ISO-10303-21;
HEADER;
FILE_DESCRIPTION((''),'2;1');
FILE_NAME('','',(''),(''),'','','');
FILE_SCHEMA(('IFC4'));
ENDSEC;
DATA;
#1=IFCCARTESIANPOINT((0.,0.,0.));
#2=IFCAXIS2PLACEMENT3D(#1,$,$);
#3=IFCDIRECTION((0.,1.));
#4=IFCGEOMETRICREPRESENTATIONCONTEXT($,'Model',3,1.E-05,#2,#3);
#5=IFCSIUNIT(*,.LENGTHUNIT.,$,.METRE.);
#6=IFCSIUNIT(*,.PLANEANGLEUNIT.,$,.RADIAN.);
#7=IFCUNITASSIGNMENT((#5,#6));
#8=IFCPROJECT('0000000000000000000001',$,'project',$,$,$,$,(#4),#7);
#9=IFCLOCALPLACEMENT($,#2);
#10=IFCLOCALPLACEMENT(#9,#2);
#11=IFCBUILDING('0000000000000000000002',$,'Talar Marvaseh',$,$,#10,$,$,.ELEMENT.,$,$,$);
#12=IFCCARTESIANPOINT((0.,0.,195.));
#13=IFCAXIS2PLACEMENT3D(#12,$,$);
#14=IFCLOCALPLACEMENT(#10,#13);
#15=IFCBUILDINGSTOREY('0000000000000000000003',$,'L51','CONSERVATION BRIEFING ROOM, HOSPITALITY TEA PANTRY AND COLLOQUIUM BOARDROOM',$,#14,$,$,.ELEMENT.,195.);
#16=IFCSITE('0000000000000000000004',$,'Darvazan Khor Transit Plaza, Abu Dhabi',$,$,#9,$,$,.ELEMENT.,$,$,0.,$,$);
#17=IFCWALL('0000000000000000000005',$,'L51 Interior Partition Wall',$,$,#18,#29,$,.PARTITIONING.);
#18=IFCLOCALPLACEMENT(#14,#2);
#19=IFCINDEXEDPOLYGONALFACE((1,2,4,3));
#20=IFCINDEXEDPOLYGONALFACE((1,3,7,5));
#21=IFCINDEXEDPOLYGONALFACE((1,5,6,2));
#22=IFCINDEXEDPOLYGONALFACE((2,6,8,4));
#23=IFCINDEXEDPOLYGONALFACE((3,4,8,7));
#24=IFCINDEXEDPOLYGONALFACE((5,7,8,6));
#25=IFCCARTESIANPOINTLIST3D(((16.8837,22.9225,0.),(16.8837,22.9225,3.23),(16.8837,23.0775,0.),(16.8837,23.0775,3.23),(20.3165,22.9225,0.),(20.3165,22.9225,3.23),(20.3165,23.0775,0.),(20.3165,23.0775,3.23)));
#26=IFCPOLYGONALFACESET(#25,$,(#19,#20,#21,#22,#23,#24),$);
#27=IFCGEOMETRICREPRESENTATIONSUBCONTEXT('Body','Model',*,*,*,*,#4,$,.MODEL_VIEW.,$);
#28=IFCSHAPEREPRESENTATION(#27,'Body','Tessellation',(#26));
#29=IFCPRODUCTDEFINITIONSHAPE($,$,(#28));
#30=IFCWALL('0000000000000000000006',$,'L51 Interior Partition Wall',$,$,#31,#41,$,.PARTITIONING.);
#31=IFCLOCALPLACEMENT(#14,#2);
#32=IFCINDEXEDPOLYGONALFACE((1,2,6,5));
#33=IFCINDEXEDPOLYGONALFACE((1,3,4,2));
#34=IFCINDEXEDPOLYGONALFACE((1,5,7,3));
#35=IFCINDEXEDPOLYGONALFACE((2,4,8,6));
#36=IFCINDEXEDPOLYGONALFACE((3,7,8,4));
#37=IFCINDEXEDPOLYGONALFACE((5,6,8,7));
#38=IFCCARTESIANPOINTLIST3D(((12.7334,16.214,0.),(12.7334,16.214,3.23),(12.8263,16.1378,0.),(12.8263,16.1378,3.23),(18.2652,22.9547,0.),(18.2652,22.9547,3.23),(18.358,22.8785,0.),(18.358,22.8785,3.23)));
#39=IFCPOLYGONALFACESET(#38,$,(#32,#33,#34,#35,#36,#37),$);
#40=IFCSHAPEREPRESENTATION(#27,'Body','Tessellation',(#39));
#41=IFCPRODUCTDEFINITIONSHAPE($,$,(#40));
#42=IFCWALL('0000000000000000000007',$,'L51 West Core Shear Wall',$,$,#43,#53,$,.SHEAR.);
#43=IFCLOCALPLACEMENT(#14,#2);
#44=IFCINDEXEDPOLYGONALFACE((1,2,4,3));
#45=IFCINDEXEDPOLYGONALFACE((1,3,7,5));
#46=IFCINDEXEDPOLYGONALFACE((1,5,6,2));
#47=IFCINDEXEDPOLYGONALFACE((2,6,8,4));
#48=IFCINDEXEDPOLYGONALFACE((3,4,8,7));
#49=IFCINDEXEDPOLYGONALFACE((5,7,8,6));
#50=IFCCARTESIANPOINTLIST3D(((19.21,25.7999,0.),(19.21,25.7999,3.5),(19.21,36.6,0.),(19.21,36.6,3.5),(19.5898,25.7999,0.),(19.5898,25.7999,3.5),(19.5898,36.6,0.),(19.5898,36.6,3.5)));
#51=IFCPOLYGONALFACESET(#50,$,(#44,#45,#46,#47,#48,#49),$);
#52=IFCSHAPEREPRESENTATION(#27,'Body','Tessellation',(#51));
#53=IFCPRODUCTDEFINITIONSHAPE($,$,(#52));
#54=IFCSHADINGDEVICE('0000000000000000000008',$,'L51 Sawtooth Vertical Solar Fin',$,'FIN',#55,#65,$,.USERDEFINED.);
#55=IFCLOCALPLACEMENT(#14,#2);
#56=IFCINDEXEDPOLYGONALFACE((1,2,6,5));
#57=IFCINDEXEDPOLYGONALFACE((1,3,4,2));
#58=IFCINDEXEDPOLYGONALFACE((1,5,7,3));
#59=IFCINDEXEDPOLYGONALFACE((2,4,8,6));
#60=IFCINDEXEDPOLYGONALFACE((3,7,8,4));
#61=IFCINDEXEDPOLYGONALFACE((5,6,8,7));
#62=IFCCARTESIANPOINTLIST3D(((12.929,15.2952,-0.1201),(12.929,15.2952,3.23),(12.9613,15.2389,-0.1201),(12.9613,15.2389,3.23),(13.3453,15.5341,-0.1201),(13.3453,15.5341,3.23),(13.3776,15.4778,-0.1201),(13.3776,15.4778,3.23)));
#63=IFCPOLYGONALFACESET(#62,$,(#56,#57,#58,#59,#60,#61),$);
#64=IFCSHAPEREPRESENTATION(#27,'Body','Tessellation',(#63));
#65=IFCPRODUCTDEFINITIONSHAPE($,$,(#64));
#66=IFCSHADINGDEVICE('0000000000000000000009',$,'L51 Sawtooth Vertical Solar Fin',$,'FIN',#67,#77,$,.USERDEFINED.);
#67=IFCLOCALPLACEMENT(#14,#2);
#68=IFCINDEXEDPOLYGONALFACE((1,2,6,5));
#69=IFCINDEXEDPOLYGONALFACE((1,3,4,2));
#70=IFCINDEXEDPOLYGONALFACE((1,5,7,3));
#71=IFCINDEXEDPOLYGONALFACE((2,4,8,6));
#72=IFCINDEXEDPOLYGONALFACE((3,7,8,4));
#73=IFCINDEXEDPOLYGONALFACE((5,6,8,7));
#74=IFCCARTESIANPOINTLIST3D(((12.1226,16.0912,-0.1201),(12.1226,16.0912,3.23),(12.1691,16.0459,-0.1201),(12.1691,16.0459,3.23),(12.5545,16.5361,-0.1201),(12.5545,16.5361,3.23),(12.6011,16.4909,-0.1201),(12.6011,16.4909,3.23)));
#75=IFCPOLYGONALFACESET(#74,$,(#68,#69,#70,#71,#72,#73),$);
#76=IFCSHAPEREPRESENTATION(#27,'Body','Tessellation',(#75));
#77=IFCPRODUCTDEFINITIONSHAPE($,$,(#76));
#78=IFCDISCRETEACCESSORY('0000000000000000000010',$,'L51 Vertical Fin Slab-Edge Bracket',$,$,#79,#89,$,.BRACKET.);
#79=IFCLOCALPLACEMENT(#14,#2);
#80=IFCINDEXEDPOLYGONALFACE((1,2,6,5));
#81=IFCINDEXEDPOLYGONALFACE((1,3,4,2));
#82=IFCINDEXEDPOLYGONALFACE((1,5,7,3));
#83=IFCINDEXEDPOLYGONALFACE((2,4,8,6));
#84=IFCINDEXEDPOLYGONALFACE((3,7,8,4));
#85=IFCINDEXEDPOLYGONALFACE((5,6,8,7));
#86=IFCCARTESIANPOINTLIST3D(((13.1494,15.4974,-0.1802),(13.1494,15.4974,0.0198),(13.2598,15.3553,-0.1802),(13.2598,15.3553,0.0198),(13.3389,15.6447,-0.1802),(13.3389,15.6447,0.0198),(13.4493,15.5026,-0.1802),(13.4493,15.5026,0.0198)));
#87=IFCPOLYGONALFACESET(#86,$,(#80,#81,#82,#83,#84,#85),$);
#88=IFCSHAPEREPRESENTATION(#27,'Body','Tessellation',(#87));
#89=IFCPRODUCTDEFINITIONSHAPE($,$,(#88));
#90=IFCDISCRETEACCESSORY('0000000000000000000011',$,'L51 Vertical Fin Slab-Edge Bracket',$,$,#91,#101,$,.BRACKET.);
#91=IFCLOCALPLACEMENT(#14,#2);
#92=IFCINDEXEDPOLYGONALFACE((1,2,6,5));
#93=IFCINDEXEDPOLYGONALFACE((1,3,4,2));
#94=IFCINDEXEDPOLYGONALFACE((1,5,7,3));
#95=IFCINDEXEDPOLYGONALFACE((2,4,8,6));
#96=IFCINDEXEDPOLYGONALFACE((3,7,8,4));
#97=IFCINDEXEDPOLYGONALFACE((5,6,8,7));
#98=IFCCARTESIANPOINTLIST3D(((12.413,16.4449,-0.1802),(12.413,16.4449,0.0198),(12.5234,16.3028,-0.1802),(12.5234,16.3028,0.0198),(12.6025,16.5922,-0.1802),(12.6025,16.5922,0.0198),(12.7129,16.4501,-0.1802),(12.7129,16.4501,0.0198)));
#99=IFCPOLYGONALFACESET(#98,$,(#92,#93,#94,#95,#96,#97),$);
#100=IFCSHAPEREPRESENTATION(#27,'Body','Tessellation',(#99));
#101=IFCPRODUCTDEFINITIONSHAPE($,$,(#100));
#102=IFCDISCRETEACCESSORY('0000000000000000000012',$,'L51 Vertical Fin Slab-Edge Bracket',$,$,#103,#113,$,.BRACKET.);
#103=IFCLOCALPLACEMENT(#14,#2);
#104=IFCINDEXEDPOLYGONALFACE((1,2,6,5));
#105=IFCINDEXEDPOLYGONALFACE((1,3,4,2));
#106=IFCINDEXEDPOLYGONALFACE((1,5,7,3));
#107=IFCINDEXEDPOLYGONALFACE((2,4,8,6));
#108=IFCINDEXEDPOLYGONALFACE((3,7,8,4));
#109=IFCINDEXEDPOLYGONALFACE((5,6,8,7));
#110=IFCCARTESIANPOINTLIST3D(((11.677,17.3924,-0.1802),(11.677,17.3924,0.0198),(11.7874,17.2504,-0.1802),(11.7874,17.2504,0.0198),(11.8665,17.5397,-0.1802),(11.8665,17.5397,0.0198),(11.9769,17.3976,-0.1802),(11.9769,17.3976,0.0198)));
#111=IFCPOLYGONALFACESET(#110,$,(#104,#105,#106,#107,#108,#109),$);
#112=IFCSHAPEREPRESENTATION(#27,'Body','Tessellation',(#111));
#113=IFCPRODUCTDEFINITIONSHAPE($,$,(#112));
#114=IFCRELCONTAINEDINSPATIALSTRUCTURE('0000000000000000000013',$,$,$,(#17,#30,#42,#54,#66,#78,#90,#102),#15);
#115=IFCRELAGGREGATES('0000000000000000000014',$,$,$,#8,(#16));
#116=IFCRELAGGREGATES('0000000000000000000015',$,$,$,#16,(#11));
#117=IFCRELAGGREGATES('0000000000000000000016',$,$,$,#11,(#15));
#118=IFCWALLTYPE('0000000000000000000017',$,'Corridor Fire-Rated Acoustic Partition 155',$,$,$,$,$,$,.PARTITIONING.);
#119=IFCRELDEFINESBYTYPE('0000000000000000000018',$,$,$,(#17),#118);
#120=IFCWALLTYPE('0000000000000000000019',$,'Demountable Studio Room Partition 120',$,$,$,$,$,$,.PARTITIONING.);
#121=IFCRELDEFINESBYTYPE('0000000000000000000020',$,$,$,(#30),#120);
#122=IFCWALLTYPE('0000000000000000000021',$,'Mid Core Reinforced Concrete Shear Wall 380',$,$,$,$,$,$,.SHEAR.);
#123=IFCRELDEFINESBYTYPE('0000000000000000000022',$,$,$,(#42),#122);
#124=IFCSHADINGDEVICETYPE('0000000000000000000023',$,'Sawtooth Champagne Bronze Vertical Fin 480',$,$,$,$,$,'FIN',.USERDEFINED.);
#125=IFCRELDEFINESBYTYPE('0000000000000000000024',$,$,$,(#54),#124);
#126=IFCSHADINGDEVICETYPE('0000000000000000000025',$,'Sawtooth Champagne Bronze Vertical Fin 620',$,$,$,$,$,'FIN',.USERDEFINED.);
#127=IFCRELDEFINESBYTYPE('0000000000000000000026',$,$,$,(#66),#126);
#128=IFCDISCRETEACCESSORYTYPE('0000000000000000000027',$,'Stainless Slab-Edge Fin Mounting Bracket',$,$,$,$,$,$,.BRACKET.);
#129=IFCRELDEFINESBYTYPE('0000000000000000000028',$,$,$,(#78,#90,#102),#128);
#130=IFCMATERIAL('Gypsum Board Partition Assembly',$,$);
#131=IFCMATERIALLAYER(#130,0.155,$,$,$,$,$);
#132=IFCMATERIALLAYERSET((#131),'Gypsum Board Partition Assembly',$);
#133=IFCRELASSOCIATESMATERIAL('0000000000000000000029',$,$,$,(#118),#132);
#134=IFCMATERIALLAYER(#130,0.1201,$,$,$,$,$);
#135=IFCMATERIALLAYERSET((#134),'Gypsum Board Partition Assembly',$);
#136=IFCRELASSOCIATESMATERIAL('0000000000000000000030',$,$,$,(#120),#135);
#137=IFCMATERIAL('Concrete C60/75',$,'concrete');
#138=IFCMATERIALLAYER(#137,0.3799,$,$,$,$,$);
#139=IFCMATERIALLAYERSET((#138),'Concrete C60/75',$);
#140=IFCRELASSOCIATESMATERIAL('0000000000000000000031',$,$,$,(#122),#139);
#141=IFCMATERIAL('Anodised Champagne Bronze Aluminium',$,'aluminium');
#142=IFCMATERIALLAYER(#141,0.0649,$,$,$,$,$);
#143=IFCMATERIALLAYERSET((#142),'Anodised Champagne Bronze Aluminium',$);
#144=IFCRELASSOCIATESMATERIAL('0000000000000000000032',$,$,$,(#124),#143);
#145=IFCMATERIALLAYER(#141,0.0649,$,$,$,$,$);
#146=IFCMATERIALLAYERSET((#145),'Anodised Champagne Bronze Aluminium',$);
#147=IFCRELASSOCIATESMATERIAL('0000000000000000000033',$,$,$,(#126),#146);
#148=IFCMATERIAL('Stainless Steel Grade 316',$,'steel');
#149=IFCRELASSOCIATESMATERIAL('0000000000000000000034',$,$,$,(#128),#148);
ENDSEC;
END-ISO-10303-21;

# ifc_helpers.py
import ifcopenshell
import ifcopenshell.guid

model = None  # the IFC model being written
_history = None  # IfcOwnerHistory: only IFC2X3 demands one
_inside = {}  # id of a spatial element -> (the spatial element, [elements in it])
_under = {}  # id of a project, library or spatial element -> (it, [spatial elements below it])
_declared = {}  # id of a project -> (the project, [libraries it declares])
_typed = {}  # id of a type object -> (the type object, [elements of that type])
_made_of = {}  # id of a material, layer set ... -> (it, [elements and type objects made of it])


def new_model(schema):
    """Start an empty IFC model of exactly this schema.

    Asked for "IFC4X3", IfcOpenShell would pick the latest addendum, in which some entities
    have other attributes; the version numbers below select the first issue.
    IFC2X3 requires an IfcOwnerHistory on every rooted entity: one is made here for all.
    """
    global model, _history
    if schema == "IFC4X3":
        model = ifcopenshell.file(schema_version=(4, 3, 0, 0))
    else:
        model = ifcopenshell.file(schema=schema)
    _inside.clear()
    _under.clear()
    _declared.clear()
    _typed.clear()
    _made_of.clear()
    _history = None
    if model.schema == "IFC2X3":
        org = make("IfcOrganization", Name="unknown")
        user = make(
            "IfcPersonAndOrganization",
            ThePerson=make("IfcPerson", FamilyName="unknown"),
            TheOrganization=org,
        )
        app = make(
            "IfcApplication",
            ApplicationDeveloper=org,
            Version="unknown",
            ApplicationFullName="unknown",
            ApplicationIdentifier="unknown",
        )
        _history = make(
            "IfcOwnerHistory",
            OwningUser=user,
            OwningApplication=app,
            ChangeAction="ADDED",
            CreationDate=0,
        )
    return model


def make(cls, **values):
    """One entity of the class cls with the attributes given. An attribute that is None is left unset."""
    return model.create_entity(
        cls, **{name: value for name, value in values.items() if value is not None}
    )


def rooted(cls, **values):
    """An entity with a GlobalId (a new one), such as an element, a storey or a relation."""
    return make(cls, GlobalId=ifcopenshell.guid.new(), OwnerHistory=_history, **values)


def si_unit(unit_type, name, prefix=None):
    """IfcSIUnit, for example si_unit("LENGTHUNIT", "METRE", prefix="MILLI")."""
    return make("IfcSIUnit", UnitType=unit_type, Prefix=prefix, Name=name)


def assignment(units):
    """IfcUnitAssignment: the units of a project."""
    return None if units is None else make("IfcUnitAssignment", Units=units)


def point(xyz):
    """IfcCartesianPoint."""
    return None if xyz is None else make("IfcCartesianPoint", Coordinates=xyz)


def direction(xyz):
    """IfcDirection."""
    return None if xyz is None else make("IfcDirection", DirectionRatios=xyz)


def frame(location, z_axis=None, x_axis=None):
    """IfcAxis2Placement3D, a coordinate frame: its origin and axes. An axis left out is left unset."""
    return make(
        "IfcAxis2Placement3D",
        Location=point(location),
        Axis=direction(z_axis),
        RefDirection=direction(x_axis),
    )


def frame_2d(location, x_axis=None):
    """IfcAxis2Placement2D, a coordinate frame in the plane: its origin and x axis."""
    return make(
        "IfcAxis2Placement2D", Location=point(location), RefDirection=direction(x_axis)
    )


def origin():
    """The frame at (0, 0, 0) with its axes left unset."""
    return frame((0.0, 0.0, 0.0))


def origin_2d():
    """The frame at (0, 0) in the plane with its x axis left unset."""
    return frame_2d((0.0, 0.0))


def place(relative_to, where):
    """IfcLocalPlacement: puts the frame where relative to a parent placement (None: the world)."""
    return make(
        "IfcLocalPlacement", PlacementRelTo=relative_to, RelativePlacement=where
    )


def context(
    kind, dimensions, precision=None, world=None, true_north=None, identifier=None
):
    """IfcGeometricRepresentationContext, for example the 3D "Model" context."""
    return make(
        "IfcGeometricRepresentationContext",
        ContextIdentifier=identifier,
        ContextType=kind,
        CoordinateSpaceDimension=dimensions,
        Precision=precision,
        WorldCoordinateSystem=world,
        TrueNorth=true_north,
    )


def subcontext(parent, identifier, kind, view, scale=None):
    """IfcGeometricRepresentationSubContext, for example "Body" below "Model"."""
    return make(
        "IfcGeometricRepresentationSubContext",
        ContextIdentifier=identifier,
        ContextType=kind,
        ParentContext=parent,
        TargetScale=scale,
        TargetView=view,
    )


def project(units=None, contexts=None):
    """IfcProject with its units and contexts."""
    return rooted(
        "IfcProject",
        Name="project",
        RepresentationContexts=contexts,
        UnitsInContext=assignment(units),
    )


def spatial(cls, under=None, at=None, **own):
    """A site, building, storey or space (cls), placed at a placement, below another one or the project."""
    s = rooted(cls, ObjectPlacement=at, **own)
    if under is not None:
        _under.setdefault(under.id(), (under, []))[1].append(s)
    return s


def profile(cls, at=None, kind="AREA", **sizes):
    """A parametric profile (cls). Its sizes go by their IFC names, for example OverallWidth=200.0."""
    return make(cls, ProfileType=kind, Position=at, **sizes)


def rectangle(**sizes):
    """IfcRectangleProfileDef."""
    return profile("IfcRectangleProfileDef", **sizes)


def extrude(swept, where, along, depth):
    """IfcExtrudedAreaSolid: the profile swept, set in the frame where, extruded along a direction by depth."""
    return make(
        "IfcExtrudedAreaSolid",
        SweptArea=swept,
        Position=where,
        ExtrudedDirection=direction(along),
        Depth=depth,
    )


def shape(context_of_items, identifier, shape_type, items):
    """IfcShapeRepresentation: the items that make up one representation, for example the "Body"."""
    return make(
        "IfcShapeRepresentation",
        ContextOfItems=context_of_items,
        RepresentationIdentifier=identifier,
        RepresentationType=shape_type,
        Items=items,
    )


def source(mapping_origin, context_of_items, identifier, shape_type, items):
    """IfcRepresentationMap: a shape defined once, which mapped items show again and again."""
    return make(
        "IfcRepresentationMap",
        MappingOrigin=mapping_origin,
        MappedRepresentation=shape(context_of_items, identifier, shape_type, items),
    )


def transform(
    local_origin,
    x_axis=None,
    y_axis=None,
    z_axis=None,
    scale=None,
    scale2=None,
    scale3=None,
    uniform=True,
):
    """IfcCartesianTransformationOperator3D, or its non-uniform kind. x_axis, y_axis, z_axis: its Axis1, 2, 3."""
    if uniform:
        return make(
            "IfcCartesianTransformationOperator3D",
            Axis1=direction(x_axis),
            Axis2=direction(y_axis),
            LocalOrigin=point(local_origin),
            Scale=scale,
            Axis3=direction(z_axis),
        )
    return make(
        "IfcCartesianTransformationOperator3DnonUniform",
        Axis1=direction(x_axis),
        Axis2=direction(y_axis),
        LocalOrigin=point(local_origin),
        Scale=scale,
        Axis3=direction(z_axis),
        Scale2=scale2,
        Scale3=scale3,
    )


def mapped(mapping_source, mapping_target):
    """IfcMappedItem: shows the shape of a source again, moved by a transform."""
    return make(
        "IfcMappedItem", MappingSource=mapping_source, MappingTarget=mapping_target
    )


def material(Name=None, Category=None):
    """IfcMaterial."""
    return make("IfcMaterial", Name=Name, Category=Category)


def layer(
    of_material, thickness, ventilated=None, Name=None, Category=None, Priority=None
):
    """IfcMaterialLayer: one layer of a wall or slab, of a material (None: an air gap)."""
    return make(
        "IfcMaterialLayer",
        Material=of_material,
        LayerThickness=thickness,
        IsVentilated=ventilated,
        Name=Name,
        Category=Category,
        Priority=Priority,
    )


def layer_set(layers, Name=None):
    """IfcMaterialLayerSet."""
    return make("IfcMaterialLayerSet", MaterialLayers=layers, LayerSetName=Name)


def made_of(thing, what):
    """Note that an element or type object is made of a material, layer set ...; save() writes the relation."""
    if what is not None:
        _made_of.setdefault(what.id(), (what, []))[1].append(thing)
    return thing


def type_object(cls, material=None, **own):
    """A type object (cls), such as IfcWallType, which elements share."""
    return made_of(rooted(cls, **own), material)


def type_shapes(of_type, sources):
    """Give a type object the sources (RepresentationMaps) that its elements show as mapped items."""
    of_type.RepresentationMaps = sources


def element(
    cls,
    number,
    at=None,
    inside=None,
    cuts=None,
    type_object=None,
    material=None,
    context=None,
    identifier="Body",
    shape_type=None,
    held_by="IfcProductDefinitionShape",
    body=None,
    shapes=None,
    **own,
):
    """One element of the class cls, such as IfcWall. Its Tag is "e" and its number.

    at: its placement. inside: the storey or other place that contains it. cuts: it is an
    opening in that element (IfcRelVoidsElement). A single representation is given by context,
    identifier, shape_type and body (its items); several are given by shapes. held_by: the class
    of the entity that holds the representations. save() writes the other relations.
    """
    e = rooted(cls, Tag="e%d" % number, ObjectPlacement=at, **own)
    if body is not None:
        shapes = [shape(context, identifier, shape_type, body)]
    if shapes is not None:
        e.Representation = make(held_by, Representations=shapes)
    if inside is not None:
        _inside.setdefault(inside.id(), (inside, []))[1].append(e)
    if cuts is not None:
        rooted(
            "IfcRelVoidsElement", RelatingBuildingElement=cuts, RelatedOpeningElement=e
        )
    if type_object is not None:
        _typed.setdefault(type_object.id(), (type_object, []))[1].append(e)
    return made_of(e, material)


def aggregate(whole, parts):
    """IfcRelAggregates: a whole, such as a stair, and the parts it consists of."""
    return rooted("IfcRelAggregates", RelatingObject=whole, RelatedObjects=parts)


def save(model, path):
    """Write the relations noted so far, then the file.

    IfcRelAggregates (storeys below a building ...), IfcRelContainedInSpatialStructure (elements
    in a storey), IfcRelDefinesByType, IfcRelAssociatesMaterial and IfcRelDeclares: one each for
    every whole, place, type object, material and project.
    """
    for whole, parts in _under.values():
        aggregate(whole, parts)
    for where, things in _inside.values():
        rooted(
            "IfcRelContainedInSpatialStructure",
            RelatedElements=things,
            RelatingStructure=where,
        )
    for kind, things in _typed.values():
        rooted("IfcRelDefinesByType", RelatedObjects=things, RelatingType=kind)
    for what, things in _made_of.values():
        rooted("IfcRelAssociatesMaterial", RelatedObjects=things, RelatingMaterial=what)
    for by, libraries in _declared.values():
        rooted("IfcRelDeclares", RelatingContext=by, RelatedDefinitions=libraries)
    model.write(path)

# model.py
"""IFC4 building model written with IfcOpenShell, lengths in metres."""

from ifc_helpers import new_model, si_unit, direction, frame, frame_2d, origin, origin_2d, place, context, subcontext, project, spatial, rectangle, extrude, source, transform, mapped, material, layer, layer_set, type_object, type_shapes, element, save


model = new_model("IFC4")

# Units and contexts
model_context = context("Model", 3, precision=1e-05, world=origin(), true_north=direction((0.0, 1.0)))
body_context = subcontext(model_context, "Body", "Model", "MODEL_VIEW")
ifc_project = project(units=[si_unit("LENGTHUNIT", "METRE"), si_unit("PLANEANGLEUNIT", "RADIAN")], contexts=[model_context])

# Site, building, storey
site_placement = place(None, origin())
site = spatial("IfcSite", under=ifc_project, at=site_placement, Name="Darvazan Khor Transit Plaza, Abu Dhabi", CompositionType="ELEMENT", RefElevation=0.0)
building_placement = place(site_placement, origin())
building = spatial("IfcBuilding", under=site, at=building_placement, Name="Talar Marvaseh", CompositionType="ELEMENT")
storey_placement = place(building_placement, frame((0.0, 0.0, 195.0)))
storey = spatial("IfcBuildingStorey", under=building, at=storey_placement, Name="L51", Description="CONSERVATION BRIEFING ROOM, HOSPITALITY TEA PANTRY AND COLLOQUIUM BOARDROOM", CompositionType="ELEMENT", Elevation=195.0)

# Shared definitions
ifc_material_1 = material(Name="Concrete C60/75", Category="concrete")

# Shared definitions
ifc_material_2 = material(Name="Gypsum Board Partition Assembly")
ifc_layer_1 = layer(ifc_material_2, 0.155)
ifc_layer_set_1 = layer_set([ifc_layer_1], Name="Gypsum Board Partition Assembly")
wall_type_1 = type_object("IfcWallType", Name="Corridor Fire-Rated Acoustic Partition 155", PredefinedType="PARTITIONING", material=ifc_layer_set_1)

# Walls
wall_1_placement = place(storey_placement, frame((20.3164, 23.0, 0.0), z_axis=(0.0, 0.0, 1.0), x_axis=(-1.0, 0.0, 0.0)))
element("IfcWall", 1, at=wall_1_placement, inside=storey, type_object=wall_type_1, Name="L51 Interior Partition Wall", PredefinedType="PARTITIONING", context=body_context, shape_type="SweptSolid", body=[
    extrude(rectangle(XDim=3.4329, YDim=0.155, at=frame_2d((1.7163, 0.0))), origin(), (0.0, 0.0, 1.0), 3.23),
])
ifc_layer_2 = layer(ifc_material_2, 0.1201)
ifc_layer_set_2 = layer_set([ifc_layer_2], Name="Gypsum Board Partition Assembly")
wall_type_2 = type_object("IfcWallType", Name="Demountable Studio Room Partition 120", PredefinedType="PARTITIONING", material=ifc_layer_set_2)
wall_2_placement = place(storey_placement, frame((18.3115, 22.9165, 0.0), z_axis=(0.0, 0.0, 1.0), x_axis=(-0.634378, -0.773023, 0.0)))
element("IfcWall", 2, at=wall_2_placement, inside=storey, type_object=wall_type_2, Name="L51 Interior Partition Wall", PredefinedType="PARTITIONING", context=body_context, shape_type="SweptSolid", body=[
    extrude(rectangle(XDim=8.72, YDim=0.1201, at=frame_2d((4.3599, 0.0))), origin(), (0.0, 0.0, 1.0), 3.23),
])
ifc_layer_3 = layer(ifc_material_1, 0.3799)
ifc_layer_set_3 = layer_set([ifc_layer_3], Name="Concrete C60/75")
wall_type_3 = type_object("IfcWallType", Name="Mid Core Reinforced Concrete Shear Wall 380", PredefinedType="SHEAR", material=ifc_layer_set_3)
wall_3_placement = place(storey_placement, frame((19.3999, 25.8, 0.0), z_axis=(0.0, 0.0, 1.0), x_axis=(0.0, 1.0, 0.0)))
element("IfcWall", 3, at=wall_3_placement, inside=storey, type_object=wall_type_3, Name="L51 West Core Shear Wall", PredefinedType="SHEAR", context=body_context, shape_type="SweptSolid", body=[
    extrude(rectangle(XDim=10.8, YDim=0.3799, at=frame_2d((5.3999, 0.0))), origin(), (0.0, 0.0, 1.0), 3.5),
])

# Shading devices
ifc_material_3 = material(Name="Anodised Champagne Bronze Aluminium", Category="aluminium")
ifc_layer_4 = layer(ifc_material_3, 0.0649)
ifc_layer_set_4 = layer_set([ifc_layer_4], Name="Anodised Champagne Bronze Aluminium")
shading_device_type_1 = type_object("IfcShadingDeviceType", Name="Sawtooth Champagne Bronze Vertical Fin 480", ElementType="FIN", PredefinedType="USERDEFINED", material=ifc_layer_set_4)
shared_shape_1 = source(origin(), body_context, "Body", "SweptSolid", [
    extrude(rectangle(XDim=0.48, YDim=0.0649, at=origin_2d()), origin(), (0.0, 0.0, 1.0), 3.3501),
])
type_shapes(shading_device_type_1, [shared_shape_1])
shading_device_1_placement = place(storey_placement, frame((13.1533, 15.3865, -0.1201), z_axis=(0.0, 0.0, 1.0), x_axis=(-0.867331, -0.497731, 0.0)))
element("IfcShadingDevice", 4, at=shading_device_1_placement, inside=storey, type_object=shading_device_type_1, Name="L51 Sawtooth Vertical Solar Fin", ObjectType="FIN", PredefinedType="USERDEFINED", context=body_context, shape_type="MappedRepresentation", body=[
    mapped(shared_shape_1, transform((0.0, 0.0, 0.0), x_axis=(1.0, 0.0, 0.0), y_axis=(0.0, 1.0, 0.0), z_axis=(0.0, 0.0, 1.0), scale=1.0)),
])
ifc_layer_5 = layer(ifc_material_3, 0.0649)
ifc_layer_set_5 = layer_set([ifc_layer_5], Name="Anodised Champagne Bronze Aluminium")
shading_device_type_2 = type_object("IfcShadingDeviceType", Name="Sawtooth Champagne Bronze Vertical Fin 620", ElementType="FIN", PredefinedType="USERDEFINED", material=ifc_layer_set_5)
shared_shape_2 = source(origin(), body_context, "Body", "SweptSolid", [
    extrude(rectangle(XDim=0.6201, YDim=0.0649, at=origin_2d()), origin(), (0.0, 0.0, 1.0), 3.3501),
])
type_shapes(shading_device_type_2, [shared_shape_2])
shading_device_2_placement = place(storey_placement, frame((12.3618, 16.291, -0.1201), z_axis=(0.0, 0.0, 1.0), x_axis=(-0.696539, -0.717519, 0.0)))
element("IfcShadingDevice", 5, at=shading_device_2_placement, inside=storey, type_object=shading_device_type_2, Name="L51 Sawtooth Vertical Solar Fin", ObjectType="FIN", PredefinedType="USERDEFINED", context=body_context, shape_type="MappedRepresentation", body=[
    mapped(shared_shape_2, transform((0.0, 0.0, 0.0), x_axis=(1.0, 0.0, 0.0), y_axis=(0.0, 1.0, 0.0), z_axis=(0.0, 0.0, 1.0), scale=1.0)),
])

# Discrete accessories
ifc_material_4 = material(Name="Stainless Steel Grade 316", Category="steel")
discrete_accessory_type = type_object("IfcDiscreteAccessoryType", Name="Stainless Slab-Edge Fin Mounting Bracket", PredefinedType="BRACKET", material=ifc_material_4)
shared_shape_3 = source(origin(), body_context, "Body", "SweptSolid", [
    extrude(rectangle(XDim=0.24, YDim=0.1799, at=origin_2d()), origin(), (0.0, 0.0, 1.0), 0.2),
])
type_shapes(discrete_accessory_type, [shared_shape_3])
for number, where, z_axis, x_axis, name in (
    (6, (13.2993, 15.5, -0.1802), (0.0, 0.0, 1.0), (-0.78962, -0.613596, 0.0), "L51 Vertical Fin Slab-Edge Bracket"),
    (7, (12.563, 16.4475, -0.1802), (0.0, 0.0, 1.0), (-0.78962, -0.613596, 0.0), "L51 Vertical Fin Slab-Edge Bracket"),
    (8, (11.8269, 17.395, -0.1802), (0.0, 0.0, 1.0), (-0.78962, -0.613596, 0.0), "L51 Vertical Fin Slab-Edge Bracket"),
):
    element("IfcDiscreteAccessory", number, at=place(storey_placement, frame(where, z_axis=z_axis, x_axis=x_axis)), inside=storey, type_object=discrete_accessory_type, Name=name, PredefinedType="BRACKET", context=body_context, shape_type="MappedRepresentation", body=[
        mapped(shared_shape_3, transform((0.0, 0.0, 0.0), x_axis=(1.0, 0.0, 0.0), y_axis=(0.0, 1.0, 0.0), z_axis=(0.0, 0.0, 1.0), scale=1.0)),
    ])

save(model, "model.ifc")
